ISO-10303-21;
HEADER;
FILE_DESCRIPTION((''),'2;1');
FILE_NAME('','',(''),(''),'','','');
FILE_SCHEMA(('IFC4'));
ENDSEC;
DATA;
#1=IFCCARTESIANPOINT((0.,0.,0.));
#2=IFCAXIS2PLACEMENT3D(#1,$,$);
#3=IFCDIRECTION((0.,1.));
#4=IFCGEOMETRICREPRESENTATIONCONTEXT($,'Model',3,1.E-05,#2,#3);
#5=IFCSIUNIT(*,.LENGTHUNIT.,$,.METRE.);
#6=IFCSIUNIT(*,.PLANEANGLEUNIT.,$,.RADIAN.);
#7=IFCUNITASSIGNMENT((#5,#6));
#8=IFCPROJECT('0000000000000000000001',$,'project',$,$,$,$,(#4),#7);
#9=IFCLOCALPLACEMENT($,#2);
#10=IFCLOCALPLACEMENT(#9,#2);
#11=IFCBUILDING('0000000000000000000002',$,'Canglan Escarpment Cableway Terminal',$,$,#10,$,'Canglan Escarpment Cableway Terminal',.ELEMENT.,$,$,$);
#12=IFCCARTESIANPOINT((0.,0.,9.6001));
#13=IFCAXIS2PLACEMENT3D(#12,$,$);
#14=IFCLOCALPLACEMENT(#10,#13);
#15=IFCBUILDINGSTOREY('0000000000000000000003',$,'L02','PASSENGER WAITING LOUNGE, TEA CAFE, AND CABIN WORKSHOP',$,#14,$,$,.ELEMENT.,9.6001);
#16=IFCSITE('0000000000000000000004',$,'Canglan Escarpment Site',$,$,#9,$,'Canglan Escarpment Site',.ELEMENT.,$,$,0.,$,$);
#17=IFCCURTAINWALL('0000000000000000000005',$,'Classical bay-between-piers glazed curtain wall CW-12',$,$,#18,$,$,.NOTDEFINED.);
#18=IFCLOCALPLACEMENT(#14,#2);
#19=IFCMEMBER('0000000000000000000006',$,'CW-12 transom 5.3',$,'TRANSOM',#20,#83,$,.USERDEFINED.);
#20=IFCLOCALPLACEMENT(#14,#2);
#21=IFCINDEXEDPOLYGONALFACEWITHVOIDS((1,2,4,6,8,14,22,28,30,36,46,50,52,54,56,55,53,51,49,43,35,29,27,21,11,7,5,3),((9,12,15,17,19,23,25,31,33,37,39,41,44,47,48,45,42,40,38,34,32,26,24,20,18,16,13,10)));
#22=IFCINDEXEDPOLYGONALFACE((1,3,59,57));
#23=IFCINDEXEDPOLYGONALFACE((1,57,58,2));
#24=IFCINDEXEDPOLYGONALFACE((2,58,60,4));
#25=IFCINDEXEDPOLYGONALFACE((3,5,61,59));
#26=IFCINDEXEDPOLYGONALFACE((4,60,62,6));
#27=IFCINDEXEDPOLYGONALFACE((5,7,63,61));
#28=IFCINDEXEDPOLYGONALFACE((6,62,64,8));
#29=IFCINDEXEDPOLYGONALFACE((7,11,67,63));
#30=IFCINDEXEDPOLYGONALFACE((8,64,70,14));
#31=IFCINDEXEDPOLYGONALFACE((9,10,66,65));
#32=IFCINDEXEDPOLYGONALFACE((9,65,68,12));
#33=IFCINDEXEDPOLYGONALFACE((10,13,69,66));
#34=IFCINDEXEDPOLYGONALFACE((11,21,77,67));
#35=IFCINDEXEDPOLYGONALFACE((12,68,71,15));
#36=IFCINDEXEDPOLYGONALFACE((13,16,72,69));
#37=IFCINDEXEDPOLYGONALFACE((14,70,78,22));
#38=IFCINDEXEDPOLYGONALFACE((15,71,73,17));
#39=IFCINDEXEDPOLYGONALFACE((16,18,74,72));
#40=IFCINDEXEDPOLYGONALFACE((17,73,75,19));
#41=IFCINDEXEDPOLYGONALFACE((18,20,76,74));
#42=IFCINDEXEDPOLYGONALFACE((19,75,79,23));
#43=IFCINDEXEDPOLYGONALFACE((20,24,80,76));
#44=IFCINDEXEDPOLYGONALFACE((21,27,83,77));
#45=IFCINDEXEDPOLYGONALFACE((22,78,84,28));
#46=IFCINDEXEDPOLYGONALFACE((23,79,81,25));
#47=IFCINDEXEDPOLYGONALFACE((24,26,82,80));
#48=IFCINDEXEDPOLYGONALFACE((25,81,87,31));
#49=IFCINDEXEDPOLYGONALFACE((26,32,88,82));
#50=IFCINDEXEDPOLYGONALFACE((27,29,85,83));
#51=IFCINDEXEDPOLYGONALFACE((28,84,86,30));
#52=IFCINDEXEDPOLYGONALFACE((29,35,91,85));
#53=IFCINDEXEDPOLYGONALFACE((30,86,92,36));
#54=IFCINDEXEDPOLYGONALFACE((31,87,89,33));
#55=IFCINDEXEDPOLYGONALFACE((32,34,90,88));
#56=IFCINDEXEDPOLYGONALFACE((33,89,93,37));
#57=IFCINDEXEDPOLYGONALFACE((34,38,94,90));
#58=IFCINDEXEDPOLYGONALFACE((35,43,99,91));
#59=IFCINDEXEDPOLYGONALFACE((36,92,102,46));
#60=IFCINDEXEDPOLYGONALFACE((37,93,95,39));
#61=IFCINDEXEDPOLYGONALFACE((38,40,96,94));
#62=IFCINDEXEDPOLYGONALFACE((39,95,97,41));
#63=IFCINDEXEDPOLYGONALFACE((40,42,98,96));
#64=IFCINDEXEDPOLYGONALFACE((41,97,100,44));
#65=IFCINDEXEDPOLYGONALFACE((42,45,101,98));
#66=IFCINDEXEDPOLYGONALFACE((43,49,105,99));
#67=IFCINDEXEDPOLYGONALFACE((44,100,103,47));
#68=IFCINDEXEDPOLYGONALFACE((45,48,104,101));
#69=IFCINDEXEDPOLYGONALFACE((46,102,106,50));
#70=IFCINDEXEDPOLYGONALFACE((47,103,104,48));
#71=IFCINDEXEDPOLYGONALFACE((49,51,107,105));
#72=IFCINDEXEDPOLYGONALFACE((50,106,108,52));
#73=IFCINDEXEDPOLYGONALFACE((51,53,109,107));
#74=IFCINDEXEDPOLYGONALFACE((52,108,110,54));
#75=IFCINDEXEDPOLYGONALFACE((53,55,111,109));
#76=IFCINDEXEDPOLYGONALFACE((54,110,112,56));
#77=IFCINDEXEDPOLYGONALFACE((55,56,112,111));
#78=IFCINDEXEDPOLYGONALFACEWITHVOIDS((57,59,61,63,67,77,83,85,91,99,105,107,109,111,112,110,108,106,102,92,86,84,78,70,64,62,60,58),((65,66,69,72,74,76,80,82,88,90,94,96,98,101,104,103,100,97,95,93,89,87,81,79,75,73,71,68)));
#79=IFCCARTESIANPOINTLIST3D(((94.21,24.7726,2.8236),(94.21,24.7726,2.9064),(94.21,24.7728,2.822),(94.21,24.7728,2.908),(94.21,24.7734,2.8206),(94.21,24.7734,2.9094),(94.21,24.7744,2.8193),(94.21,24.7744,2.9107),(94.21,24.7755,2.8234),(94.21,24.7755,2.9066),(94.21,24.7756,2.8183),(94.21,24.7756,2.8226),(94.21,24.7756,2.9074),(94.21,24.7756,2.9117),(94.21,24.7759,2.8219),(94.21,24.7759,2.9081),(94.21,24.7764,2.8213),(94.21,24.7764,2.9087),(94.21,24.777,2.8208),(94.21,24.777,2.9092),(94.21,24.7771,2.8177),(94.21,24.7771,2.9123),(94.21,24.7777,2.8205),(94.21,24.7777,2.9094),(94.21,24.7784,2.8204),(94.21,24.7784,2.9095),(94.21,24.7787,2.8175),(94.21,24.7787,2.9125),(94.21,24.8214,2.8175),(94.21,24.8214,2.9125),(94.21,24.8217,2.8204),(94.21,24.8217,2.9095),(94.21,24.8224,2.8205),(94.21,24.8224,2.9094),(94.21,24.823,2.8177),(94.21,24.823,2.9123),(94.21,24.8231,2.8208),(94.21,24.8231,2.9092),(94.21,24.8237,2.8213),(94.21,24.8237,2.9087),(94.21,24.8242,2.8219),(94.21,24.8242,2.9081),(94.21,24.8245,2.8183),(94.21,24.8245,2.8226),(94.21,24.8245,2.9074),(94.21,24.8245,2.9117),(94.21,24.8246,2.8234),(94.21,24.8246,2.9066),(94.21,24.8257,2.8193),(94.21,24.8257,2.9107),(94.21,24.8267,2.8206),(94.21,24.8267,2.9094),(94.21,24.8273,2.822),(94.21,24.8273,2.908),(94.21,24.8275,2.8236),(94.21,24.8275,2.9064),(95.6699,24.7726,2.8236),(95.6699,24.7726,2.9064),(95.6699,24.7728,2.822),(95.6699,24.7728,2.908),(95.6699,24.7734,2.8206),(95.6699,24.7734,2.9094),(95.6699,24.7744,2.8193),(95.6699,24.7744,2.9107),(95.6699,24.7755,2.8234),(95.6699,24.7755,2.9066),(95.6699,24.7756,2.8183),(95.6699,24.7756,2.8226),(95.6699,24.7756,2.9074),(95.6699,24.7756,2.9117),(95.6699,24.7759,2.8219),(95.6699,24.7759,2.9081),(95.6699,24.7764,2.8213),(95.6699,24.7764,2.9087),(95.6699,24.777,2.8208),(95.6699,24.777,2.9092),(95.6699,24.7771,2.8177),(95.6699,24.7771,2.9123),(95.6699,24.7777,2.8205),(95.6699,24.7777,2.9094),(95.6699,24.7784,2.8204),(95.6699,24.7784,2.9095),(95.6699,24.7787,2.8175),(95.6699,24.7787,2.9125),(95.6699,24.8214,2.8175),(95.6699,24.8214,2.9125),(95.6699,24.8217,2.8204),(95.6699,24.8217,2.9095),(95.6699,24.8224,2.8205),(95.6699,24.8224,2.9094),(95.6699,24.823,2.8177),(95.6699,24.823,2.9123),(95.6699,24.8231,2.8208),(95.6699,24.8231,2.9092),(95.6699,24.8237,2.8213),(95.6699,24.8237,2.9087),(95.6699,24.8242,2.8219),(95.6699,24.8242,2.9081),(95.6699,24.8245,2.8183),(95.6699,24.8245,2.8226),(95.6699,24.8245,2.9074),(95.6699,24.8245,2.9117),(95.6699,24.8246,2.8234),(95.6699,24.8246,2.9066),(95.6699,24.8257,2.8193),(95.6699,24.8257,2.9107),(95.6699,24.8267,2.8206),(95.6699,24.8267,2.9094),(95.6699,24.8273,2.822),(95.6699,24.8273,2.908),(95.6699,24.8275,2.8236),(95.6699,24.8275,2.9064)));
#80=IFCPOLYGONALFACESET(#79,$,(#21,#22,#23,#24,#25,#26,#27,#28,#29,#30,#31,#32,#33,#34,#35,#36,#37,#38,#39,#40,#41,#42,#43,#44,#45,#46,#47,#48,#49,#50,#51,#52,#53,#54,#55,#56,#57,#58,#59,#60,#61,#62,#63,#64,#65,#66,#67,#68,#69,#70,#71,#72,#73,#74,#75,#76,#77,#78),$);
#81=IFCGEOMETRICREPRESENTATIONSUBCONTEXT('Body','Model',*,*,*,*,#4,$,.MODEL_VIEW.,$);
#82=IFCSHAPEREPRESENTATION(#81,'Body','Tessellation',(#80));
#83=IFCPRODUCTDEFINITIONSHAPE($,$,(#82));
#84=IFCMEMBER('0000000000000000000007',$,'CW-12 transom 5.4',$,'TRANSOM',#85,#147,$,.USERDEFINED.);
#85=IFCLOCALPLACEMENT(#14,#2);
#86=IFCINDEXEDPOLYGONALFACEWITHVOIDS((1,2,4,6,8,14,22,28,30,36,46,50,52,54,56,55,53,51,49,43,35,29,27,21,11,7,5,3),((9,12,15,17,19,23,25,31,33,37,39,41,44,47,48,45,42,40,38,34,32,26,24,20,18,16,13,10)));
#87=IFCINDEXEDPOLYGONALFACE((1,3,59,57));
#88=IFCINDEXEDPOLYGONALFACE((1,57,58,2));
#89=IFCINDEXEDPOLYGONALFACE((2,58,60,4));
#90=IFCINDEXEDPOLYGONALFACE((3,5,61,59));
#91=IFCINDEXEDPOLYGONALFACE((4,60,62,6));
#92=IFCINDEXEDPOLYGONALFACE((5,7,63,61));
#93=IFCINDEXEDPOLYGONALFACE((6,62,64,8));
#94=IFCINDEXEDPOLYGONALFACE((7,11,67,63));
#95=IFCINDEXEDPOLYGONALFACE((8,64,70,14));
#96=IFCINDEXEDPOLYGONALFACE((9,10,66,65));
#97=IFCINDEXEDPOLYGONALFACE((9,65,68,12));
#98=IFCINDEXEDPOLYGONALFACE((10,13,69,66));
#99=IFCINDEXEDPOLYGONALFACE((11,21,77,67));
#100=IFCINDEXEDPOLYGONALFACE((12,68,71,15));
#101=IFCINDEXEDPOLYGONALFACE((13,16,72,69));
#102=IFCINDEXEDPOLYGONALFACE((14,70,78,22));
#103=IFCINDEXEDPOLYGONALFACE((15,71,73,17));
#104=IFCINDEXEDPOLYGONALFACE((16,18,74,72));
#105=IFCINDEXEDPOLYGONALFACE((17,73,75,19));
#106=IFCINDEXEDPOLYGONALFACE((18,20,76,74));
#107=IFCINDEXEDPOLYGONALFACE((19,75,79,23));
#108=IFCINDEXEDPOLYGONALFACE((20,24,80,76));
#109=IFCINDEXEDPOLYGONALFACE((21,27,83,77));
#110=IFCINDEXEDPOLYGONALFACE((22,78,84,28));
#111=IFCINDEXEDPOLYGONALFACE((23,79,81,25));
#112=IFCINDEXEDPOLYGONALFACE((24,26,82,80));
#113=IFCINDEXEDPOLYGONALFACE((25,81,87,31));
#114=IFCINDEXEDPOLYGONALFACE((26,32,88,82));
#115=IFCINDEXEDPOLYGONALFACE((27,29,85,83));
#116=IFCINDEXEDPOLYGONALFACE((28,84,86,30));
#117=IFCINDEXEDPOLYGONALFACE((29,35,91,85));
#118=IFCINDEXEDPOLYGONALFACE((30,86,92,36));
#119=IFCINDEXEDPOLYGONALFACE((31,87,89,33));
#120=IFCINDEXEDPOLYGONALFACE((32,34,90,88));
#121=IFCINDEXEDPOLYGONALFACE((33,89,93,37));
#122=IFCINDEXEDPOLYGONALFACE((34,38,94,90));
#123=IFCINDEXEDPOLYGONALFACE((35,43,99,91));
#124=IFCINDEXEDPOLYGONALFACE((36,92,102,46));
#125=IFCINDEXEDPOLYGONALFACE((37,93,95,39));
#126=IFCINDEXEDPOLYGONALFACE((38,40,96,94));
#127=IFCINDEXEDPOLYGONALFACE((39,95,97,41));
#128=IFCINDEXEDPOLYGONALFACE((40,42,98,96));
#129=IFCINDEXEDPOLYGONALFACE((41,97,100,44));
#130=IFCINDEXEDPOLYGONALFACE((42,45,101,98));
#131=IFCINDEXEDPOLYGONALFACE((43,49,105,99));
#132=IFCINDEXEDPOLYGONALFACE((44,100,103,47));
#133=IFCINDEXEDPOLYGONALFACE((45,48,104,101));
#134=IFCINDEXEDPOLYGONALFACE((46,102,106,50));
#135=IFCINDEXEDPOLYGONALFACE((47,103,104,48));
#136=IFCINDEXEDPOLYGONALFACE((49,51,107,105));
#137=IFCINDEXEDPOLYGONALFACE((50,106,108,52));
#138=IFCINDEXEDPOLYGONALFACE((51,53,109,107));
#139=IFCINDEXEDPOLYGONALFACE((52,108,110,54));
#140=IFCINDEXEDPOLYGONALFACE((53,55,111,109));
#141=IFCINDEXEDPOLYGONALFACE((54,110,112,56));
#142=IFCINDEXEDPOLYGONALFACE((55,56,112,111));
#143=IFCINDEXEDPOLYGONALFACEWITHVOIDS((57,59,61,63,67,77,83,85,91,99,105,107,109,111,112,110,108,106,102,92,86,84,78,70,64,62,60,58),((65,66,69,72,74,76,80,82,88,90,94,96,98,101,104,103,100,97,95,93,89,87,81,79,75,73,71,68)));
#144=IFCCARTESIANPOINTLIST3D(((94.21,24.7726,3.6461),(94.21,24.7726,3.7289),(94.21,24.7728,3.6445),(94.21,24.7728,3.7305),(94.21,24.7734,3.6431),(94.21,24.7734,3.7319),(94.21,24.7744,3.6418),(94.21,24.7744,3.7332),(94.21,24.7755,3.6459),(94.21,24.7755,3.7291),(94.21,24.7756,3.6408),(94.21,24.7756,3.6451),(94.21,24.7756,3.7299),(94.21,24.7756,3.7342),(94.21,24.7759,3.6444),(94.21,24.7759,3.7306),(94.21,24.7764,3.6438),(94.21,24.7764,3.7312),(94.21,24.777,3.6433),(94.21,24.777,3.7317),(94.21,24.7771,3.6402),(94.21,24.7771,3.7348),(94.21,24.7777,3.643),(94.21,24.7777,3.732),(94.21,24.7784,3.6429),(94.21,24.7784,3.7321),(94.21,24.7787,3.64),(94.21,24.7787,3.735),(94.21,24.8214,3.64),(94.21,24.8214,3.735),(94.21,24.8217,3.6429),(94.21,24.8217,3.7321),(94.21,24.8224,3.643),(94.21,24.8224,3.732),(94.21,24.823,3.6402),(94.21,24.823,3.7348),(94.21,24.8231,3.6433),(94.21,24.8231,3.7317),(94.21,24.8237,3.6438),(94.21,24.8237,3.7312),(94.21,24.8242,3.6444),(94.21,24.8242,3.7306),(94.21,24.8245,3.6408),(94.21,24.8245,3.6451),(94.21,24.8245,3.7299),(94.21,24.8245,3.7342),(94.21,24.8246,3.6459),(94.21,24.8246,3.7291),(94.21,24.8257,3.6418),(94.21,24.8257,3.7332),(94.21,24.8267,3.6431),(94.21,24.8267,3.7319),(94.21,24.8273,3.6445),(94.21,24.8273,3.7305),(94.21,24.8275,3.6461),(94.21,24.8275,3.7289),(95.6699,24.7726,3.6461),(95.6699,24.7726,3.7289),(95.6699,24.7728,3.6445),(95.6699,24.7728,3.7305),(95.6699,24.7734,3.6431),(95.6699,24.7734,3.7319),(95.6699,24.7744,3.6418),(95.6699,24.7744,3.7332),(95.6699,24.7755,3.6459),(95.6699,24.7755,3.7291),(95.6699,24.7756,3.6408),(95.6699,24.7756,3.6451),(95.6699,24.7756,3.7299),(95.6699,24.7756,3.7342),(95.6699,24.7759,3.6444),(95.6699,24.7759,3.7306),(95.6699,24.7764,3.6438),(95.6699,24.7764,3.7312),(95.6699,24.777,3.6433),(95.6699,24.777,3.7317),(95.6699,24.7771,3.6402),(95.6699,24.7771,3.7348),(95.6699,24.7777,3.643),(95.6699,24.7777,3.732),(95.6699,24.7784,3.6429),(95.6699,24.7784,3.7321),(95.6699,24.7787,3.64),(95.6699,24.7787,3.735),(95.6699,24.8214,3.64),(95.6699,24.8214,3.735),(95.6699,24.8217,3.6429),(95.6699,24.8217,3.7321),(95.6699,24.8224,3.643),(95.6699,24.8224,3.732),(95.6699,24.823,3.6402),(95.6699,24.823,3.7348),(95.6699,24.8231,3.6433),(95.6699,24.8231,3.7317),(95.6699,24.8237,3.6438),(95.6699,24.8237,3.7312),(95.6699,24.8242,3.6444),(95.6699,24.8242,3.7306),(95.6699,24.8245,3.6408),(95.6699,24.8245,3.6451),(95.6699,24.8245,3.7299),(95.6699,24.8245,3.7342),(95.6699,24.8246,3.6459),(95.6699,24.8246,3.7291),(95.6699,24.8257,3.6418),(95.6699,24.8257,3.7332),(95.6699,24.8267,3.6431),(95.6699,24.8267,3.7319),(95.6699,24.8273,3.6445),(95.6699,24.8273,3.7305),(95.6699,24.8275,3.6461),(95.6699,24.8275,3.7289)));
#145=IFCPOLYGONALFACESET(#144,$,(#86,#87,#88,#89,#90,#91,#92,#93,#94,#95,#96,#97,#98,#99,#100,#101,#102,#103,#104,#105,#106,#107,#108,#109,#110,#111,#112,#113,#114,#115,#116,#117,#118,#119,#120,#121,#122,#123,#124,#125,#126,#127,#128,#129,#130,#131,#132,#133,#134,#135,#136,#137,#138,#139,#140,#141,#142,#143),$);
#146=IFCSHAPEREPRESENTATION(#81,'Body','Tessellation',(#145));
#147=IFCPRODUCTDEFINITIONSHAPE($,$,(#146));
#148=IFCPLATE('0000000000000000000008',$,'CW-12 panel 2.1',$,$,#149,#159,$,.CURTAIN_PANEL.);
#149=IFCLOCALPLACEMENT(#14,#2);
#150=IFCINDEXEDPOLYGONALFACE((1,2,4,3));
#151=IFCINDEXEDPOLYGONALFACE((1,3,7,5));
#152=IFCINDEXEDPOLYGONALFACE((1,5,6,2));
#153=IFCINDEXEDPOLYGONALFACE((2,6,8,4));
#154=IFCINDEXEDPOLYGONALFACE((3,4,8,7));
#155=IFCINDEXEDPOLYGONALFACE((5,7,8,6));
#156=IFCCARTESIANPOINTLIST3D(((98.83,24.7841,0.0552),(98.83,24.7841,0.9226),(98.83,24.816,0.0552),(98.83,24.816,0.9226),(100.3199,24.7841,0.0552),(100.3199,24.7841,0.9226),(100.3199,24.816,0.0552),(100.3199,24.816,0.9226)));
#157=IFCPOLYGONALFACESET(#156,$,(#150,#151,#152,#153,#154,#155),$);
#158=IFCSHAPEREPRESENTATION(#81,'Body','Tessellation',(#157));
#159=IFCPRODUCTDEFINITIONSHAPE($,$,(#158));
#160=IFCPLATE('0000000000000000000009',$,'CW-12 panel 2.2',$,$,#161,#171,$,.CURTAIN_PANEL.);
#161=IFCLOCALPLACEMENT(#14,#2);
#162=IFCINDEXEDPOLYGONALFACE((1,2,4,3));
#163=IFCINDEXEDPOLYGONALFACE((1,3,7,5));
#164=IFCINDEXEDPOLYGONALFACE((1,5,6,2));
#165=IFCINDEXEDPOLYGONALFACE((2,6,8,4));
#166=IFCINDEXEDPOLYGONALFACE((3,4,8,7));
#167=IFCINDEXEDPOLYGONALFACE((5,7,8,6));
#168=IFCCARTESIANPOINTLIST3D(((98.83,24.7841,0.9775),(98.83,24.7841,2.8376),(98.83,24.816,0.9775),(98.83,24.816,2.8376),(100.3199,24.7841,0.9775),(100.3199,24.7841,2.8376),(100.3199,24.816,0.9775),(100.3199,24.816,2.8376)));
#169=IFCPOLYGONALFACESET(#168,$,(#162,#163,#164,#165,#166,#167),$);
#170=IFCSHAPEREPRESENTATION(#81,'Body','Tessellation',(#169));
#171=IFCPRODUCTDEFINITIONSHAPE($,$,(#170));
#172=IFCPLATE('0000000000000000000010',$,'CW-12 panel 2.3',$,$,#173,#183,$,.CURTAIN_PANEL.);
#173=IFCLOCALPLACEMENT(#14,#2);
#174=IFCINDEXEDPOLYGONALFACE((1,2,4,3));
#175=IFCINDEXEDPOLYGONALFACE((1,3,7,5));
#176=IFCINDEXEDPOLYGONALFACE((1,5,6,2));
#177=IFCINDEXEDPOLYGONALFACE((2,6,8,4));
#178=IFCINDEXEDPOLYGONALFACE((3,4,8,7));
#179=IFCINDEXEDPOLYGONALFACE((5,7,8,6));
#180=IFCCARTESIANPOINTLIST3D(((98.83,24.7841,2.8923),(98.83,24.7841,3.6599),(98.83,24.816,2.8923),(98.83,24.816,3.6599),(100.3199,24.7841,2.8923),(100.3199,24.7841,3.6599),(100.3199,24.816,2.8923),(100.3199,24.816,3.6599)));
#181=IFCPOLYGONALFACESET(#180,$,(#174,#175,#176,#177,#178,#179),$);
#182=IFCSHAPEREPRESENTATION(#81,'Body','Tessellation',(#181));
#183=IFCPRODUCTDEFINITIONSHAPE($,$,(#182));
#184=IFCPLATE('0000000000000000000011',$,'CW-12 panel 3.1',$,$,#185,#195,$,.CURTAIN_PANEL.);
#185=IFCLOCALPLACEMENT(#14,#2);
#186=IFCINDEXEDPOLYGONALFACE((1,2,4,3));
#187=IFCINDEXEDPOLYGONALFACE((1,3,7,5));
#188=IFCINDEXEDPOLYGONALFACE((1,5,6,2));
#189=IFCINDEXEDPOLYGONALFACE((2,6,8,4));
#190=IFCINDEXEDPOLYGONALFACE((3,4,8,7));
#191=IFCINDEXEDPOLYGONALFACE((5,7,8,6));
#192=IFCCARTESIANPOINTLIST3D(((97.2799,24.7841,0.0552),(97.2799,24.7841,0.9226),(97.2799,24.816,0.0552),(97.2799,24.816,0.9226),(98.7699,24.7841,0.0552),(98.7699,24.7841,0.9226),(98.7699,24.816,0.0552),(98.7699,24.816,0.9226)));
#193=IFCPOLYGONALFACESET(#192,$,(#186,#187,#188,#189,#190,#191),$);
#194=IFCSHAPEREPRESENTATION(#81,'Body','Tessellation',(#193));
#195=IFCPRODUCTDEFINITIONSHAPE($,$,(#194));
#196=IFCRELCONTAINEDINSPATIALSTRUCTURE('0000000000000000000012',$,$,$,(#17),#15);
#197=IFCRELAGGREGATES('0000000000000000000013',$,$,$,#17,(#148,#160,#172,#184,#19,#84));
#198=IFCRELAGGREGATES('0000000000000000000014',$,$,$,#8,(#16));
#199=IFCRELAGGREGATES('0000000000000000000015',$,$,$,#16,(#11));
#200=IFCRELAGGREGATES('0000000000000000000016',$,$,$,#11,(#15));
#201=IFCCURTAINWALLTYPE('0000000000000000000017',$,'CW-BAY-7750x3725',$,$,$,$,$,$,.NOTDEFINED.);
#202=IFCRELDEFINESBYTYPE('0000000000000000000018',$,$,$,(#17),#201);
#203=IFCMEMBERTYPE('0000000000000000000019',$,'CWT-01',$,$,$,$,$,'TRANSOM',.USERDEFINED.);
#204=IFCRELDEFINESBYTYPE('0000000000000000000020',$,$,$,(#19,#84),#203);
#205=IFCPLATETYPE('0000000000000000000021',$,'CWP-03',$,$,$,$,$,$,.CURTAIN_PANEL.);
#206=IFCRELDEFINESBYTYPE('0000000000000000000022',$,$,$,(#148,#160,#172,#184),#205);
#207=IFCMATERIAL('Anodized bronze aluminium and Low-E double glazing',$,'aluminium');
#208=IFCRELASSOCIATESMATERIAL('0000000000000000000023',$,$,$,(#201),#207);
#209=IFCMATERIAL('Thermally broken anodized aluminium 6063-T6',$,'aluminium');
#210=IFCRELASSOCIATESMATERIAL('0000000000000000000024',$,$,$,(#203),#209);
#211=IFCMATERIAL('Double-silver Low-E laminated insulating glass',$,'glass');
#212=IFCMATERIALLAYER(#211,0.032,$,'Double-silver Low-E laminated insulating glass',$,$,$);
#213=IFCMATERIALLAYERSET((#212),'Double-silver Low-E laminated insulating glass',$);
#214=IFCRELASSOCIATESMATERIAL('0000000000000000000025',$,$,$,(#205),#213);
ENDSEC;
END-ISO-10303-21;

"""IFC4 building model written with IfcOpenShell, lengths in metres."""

from ifc_helpers import new_model, si_unit, direction, frame, origin, origin_2d, place, context, subcontext, project, spatial, rectangle, hollow_rectangle, extrude, material, layer, layer_set, material_profile, profile_set, type_object, element, aggregate, save


model = new_model("IFC4")

# Units and contexts
model_context = context("Model", 3, precision=1e-05, world=origin(), true_north=direction((0.0, 1.0)))
body_context = subcontext(model_context, "Body", "Model", "MODEL_VIEW")
ifc_project = project(units=[si_unit("LENGTHUNIT", "METRE"), si_unit("PLANEANGLEUNIT", "RADIAN")], contexts=[model_context])

# Site, building, storey
site_placement = place(None, origin())
site = spatial("IfcSite", under=ifc_project, at=site_placement, Name="Canglan Escarpment Site", LongName="Canglan Escarpment Site", CompositionType="ELEMENT", RefElevation=0.0)
building_placement = place(site_placement, origin())
building = spatial("IfcBuilding", under=site, at=building_placement, Name="Canglan Escarpment Cableway Terminal", LongName="Canglan Escarpment Cableway Terminal", CompositionType="ELEMENT")
storey_placement = place(building_placement, frame((0.0, 0.0, 9.6001)))
storey = spatial("IfcBuildingStorey", under=building, at=storey_placement, Name="L02", Description="PASSENGER WAITING LOUNGE, TEA CAFE, AND CABIN WORKSHOP", CompositionType="ELEMENT", Elevation=9.6001)

# Curtain wall, members, plates
ifc_material_1 = material(Name="Anodized bronze aluminium and Low-E double glazing", Category="aluminium")
curtain_wall_type = type_object("IfcCurtainWallType", Name="CW-BAY-7750x3725", PredefinedType="NOTDEFINED", material=ifc_material_1)
curtain_wall_placement = place(storey_placement, origin())
curtain_wall = element("IfcCurtainWall", 1, at=curtain_wall_placement, inside=storey, type_object=curtain_wall_type, Name="Classical bay-between-piers glazed curtain wall CW-12", PredefinedType="NOTDEFINED")
ifc_material_2 = material(Name="Thermally broken anodized aluminium 6063-T6", Category="aluminium")
ifc_material_profile_1 = material_profile(ifc_material_2, hollow_rectangle(XDim=0.0549, YDim=0.095, WallThickness=0.0029, InnerFilletRadius=0.0029, OuterFilletRadius=0.0061, at=origin_2d()), Name="ALU-TRAN 55x95x3")
ifc_profile_set_1 = profile_set([ifc_material_profile_1], Name="Thermally broken anodized aluminium 6063-T6")
member_type_1 = type_object("IfcMemberType", Name="CWT-01", ElementType="TRANSOM", PredefinedType="USERDEFINED", material=ifc_profile_set_1)
member_1_placement = place(storey_placement, frame((95.6699, 24.8, 2.865), z_axis=(-1.0, 0.0, 0.0), x_axis=(0.0, -1.0, 0.0)))
member_1 = element("IfcMember", 2, at=member_1_placement, type_object=member_type_1, Name="CW-12 transom 5.3", ObjectType="TRANSOM", PredefinedType="USERDEFINED", context=body_context, shape_type="SweptSolid", body=[
    extrude(hollow_rectangle(XDim=0.0549, YDim=0.095, WallThickness=0.0029, InnerFilletRadius=0.0029, OuterFilletRadius=0.0061, at=origin_2d()), origin(), (0.0, 0.0, 1.0), 1.46),
])
member_2_placement = place(storey_placement, frame((95.6699, 24.8, 3.6875), z_axis=(-1.0, 0.0, 0.0), x_axis=(0.0, -1.0, 0.0)))
member_2 = element("IfcMember", 3, at=member_2_placement, type_object=member_type_1, Name="CW-12 transom 5.4", ObjectType="TRANSOM", PredefinedType="USERDEFINED", context=body_context, shape_type="SweptSolid", body=[
    extrude(hollow_rectangle(XDim=0.0549, YDim=0.095, WallThickness=0.0029, InnerFilletRadius=0.0029, OuterFilletRadius=0.0061, at=origin_2d()), origin(), (0.0, 0.0, 1.0), 1.46),
])
ifc_material_3 = material(Name="Double-silver Low-E laminated insulating glass", Category="glass")
ifc_layer = layer(ifc_material_3, 0.032, Name="Double-silver Low-E laminated insulating glass")
ifc_layer_set = layer_set([ifc_layer], Name="Double-silver Low-E laminated insulating glass")
plate_type = type_object("IfcPlateType", Name="CWP-03", PredefinedType="CURTAIN_PANEL", material=ifc_layer_set)
plate_1_placement = place(storey_placement, frame((99.575, 24.8, 0.0552), z_axis=(0.0, 0.0, 1.0), x_axis=(-1.0, 0.0, 0.0)))
plate_1 = element("IfcPlate", 4, at=plate_1_placement, type_object=plate_type, Name="CW-12 panel 2.1", PredefinedType="CURTAIN_PANEL", context=body_context, shape_type="SweptSolid", body=[
    extrude(rectangle(XDim=1.49, YDim=0.032, at=origin_2d()), origin(), (0.0, 0.0, 1.0), 0.8674),
])
plate_2_placement = place(storey_placement, frame((99.575, 24.8, 0.9775), z_axis=(0.0, 0.0, 1.0), x_axis=(-1.0, 0.0, 0.0)))
plate_2 = element("IfcPlate", 5, at=plate_2_placement, type_object=plate_type, Name="CW-12 panel 2.2", PredefinedType="CURTAIN_PANEL", context=body_context, shape_type="SweptSolid", body=[
    extrude(rectangle(XDim=1.49, YDim=0.032, at=origin_2d()), origin(), (0.0, 0.0, 1.0), 1.8601),
])
plate_3_placement = place(storey_placement, frame((99.575, 24.8, 2.8923), z_axis=(0.0, 0.0, 1.0), x_axis=(-1.0, 0.0, 0.0)))
plate_3 = element("IfcPlate", 6, at=plate_3_placement, type_object=plate_type, Name="CW-12 panel 2.3", PredefinedType="CURTAIN_PANEL", context=body_context, shape_type="SweptSolid", body=[
    extrude(rectangle(XDim=1.49, YDim=0.032, at=origin_2d()), origin(), (0.0, 0.0, 1.0), 0.7676),
])
plate_4_placement = place(storey_placement, frame((98.0249, 24.8, 0.0552), z_axis=(0.0, 0.0, 1.0), x_axis=(-1.0, 0.0, 0.0)))
plate_4 = element("IfcPlate", 7, at=plate_4_placement, type_object=plate_type, Name="CW-12 panel 3.1", PredefinedType="CURTAIN_PANEL", context=body_context, shape_type="SweptSolid", body=[
    extrude(rectangle(XDim=1.49, YDim=0.032, at=origin_2d()), origin(), (0.0, 0.0, 1.0), 0.8674),
])
aggregate(curtain_wall, [plate_1, plate_2, plate_3, plate_4, member_1, member_2])

save(model, "model.ifc")
